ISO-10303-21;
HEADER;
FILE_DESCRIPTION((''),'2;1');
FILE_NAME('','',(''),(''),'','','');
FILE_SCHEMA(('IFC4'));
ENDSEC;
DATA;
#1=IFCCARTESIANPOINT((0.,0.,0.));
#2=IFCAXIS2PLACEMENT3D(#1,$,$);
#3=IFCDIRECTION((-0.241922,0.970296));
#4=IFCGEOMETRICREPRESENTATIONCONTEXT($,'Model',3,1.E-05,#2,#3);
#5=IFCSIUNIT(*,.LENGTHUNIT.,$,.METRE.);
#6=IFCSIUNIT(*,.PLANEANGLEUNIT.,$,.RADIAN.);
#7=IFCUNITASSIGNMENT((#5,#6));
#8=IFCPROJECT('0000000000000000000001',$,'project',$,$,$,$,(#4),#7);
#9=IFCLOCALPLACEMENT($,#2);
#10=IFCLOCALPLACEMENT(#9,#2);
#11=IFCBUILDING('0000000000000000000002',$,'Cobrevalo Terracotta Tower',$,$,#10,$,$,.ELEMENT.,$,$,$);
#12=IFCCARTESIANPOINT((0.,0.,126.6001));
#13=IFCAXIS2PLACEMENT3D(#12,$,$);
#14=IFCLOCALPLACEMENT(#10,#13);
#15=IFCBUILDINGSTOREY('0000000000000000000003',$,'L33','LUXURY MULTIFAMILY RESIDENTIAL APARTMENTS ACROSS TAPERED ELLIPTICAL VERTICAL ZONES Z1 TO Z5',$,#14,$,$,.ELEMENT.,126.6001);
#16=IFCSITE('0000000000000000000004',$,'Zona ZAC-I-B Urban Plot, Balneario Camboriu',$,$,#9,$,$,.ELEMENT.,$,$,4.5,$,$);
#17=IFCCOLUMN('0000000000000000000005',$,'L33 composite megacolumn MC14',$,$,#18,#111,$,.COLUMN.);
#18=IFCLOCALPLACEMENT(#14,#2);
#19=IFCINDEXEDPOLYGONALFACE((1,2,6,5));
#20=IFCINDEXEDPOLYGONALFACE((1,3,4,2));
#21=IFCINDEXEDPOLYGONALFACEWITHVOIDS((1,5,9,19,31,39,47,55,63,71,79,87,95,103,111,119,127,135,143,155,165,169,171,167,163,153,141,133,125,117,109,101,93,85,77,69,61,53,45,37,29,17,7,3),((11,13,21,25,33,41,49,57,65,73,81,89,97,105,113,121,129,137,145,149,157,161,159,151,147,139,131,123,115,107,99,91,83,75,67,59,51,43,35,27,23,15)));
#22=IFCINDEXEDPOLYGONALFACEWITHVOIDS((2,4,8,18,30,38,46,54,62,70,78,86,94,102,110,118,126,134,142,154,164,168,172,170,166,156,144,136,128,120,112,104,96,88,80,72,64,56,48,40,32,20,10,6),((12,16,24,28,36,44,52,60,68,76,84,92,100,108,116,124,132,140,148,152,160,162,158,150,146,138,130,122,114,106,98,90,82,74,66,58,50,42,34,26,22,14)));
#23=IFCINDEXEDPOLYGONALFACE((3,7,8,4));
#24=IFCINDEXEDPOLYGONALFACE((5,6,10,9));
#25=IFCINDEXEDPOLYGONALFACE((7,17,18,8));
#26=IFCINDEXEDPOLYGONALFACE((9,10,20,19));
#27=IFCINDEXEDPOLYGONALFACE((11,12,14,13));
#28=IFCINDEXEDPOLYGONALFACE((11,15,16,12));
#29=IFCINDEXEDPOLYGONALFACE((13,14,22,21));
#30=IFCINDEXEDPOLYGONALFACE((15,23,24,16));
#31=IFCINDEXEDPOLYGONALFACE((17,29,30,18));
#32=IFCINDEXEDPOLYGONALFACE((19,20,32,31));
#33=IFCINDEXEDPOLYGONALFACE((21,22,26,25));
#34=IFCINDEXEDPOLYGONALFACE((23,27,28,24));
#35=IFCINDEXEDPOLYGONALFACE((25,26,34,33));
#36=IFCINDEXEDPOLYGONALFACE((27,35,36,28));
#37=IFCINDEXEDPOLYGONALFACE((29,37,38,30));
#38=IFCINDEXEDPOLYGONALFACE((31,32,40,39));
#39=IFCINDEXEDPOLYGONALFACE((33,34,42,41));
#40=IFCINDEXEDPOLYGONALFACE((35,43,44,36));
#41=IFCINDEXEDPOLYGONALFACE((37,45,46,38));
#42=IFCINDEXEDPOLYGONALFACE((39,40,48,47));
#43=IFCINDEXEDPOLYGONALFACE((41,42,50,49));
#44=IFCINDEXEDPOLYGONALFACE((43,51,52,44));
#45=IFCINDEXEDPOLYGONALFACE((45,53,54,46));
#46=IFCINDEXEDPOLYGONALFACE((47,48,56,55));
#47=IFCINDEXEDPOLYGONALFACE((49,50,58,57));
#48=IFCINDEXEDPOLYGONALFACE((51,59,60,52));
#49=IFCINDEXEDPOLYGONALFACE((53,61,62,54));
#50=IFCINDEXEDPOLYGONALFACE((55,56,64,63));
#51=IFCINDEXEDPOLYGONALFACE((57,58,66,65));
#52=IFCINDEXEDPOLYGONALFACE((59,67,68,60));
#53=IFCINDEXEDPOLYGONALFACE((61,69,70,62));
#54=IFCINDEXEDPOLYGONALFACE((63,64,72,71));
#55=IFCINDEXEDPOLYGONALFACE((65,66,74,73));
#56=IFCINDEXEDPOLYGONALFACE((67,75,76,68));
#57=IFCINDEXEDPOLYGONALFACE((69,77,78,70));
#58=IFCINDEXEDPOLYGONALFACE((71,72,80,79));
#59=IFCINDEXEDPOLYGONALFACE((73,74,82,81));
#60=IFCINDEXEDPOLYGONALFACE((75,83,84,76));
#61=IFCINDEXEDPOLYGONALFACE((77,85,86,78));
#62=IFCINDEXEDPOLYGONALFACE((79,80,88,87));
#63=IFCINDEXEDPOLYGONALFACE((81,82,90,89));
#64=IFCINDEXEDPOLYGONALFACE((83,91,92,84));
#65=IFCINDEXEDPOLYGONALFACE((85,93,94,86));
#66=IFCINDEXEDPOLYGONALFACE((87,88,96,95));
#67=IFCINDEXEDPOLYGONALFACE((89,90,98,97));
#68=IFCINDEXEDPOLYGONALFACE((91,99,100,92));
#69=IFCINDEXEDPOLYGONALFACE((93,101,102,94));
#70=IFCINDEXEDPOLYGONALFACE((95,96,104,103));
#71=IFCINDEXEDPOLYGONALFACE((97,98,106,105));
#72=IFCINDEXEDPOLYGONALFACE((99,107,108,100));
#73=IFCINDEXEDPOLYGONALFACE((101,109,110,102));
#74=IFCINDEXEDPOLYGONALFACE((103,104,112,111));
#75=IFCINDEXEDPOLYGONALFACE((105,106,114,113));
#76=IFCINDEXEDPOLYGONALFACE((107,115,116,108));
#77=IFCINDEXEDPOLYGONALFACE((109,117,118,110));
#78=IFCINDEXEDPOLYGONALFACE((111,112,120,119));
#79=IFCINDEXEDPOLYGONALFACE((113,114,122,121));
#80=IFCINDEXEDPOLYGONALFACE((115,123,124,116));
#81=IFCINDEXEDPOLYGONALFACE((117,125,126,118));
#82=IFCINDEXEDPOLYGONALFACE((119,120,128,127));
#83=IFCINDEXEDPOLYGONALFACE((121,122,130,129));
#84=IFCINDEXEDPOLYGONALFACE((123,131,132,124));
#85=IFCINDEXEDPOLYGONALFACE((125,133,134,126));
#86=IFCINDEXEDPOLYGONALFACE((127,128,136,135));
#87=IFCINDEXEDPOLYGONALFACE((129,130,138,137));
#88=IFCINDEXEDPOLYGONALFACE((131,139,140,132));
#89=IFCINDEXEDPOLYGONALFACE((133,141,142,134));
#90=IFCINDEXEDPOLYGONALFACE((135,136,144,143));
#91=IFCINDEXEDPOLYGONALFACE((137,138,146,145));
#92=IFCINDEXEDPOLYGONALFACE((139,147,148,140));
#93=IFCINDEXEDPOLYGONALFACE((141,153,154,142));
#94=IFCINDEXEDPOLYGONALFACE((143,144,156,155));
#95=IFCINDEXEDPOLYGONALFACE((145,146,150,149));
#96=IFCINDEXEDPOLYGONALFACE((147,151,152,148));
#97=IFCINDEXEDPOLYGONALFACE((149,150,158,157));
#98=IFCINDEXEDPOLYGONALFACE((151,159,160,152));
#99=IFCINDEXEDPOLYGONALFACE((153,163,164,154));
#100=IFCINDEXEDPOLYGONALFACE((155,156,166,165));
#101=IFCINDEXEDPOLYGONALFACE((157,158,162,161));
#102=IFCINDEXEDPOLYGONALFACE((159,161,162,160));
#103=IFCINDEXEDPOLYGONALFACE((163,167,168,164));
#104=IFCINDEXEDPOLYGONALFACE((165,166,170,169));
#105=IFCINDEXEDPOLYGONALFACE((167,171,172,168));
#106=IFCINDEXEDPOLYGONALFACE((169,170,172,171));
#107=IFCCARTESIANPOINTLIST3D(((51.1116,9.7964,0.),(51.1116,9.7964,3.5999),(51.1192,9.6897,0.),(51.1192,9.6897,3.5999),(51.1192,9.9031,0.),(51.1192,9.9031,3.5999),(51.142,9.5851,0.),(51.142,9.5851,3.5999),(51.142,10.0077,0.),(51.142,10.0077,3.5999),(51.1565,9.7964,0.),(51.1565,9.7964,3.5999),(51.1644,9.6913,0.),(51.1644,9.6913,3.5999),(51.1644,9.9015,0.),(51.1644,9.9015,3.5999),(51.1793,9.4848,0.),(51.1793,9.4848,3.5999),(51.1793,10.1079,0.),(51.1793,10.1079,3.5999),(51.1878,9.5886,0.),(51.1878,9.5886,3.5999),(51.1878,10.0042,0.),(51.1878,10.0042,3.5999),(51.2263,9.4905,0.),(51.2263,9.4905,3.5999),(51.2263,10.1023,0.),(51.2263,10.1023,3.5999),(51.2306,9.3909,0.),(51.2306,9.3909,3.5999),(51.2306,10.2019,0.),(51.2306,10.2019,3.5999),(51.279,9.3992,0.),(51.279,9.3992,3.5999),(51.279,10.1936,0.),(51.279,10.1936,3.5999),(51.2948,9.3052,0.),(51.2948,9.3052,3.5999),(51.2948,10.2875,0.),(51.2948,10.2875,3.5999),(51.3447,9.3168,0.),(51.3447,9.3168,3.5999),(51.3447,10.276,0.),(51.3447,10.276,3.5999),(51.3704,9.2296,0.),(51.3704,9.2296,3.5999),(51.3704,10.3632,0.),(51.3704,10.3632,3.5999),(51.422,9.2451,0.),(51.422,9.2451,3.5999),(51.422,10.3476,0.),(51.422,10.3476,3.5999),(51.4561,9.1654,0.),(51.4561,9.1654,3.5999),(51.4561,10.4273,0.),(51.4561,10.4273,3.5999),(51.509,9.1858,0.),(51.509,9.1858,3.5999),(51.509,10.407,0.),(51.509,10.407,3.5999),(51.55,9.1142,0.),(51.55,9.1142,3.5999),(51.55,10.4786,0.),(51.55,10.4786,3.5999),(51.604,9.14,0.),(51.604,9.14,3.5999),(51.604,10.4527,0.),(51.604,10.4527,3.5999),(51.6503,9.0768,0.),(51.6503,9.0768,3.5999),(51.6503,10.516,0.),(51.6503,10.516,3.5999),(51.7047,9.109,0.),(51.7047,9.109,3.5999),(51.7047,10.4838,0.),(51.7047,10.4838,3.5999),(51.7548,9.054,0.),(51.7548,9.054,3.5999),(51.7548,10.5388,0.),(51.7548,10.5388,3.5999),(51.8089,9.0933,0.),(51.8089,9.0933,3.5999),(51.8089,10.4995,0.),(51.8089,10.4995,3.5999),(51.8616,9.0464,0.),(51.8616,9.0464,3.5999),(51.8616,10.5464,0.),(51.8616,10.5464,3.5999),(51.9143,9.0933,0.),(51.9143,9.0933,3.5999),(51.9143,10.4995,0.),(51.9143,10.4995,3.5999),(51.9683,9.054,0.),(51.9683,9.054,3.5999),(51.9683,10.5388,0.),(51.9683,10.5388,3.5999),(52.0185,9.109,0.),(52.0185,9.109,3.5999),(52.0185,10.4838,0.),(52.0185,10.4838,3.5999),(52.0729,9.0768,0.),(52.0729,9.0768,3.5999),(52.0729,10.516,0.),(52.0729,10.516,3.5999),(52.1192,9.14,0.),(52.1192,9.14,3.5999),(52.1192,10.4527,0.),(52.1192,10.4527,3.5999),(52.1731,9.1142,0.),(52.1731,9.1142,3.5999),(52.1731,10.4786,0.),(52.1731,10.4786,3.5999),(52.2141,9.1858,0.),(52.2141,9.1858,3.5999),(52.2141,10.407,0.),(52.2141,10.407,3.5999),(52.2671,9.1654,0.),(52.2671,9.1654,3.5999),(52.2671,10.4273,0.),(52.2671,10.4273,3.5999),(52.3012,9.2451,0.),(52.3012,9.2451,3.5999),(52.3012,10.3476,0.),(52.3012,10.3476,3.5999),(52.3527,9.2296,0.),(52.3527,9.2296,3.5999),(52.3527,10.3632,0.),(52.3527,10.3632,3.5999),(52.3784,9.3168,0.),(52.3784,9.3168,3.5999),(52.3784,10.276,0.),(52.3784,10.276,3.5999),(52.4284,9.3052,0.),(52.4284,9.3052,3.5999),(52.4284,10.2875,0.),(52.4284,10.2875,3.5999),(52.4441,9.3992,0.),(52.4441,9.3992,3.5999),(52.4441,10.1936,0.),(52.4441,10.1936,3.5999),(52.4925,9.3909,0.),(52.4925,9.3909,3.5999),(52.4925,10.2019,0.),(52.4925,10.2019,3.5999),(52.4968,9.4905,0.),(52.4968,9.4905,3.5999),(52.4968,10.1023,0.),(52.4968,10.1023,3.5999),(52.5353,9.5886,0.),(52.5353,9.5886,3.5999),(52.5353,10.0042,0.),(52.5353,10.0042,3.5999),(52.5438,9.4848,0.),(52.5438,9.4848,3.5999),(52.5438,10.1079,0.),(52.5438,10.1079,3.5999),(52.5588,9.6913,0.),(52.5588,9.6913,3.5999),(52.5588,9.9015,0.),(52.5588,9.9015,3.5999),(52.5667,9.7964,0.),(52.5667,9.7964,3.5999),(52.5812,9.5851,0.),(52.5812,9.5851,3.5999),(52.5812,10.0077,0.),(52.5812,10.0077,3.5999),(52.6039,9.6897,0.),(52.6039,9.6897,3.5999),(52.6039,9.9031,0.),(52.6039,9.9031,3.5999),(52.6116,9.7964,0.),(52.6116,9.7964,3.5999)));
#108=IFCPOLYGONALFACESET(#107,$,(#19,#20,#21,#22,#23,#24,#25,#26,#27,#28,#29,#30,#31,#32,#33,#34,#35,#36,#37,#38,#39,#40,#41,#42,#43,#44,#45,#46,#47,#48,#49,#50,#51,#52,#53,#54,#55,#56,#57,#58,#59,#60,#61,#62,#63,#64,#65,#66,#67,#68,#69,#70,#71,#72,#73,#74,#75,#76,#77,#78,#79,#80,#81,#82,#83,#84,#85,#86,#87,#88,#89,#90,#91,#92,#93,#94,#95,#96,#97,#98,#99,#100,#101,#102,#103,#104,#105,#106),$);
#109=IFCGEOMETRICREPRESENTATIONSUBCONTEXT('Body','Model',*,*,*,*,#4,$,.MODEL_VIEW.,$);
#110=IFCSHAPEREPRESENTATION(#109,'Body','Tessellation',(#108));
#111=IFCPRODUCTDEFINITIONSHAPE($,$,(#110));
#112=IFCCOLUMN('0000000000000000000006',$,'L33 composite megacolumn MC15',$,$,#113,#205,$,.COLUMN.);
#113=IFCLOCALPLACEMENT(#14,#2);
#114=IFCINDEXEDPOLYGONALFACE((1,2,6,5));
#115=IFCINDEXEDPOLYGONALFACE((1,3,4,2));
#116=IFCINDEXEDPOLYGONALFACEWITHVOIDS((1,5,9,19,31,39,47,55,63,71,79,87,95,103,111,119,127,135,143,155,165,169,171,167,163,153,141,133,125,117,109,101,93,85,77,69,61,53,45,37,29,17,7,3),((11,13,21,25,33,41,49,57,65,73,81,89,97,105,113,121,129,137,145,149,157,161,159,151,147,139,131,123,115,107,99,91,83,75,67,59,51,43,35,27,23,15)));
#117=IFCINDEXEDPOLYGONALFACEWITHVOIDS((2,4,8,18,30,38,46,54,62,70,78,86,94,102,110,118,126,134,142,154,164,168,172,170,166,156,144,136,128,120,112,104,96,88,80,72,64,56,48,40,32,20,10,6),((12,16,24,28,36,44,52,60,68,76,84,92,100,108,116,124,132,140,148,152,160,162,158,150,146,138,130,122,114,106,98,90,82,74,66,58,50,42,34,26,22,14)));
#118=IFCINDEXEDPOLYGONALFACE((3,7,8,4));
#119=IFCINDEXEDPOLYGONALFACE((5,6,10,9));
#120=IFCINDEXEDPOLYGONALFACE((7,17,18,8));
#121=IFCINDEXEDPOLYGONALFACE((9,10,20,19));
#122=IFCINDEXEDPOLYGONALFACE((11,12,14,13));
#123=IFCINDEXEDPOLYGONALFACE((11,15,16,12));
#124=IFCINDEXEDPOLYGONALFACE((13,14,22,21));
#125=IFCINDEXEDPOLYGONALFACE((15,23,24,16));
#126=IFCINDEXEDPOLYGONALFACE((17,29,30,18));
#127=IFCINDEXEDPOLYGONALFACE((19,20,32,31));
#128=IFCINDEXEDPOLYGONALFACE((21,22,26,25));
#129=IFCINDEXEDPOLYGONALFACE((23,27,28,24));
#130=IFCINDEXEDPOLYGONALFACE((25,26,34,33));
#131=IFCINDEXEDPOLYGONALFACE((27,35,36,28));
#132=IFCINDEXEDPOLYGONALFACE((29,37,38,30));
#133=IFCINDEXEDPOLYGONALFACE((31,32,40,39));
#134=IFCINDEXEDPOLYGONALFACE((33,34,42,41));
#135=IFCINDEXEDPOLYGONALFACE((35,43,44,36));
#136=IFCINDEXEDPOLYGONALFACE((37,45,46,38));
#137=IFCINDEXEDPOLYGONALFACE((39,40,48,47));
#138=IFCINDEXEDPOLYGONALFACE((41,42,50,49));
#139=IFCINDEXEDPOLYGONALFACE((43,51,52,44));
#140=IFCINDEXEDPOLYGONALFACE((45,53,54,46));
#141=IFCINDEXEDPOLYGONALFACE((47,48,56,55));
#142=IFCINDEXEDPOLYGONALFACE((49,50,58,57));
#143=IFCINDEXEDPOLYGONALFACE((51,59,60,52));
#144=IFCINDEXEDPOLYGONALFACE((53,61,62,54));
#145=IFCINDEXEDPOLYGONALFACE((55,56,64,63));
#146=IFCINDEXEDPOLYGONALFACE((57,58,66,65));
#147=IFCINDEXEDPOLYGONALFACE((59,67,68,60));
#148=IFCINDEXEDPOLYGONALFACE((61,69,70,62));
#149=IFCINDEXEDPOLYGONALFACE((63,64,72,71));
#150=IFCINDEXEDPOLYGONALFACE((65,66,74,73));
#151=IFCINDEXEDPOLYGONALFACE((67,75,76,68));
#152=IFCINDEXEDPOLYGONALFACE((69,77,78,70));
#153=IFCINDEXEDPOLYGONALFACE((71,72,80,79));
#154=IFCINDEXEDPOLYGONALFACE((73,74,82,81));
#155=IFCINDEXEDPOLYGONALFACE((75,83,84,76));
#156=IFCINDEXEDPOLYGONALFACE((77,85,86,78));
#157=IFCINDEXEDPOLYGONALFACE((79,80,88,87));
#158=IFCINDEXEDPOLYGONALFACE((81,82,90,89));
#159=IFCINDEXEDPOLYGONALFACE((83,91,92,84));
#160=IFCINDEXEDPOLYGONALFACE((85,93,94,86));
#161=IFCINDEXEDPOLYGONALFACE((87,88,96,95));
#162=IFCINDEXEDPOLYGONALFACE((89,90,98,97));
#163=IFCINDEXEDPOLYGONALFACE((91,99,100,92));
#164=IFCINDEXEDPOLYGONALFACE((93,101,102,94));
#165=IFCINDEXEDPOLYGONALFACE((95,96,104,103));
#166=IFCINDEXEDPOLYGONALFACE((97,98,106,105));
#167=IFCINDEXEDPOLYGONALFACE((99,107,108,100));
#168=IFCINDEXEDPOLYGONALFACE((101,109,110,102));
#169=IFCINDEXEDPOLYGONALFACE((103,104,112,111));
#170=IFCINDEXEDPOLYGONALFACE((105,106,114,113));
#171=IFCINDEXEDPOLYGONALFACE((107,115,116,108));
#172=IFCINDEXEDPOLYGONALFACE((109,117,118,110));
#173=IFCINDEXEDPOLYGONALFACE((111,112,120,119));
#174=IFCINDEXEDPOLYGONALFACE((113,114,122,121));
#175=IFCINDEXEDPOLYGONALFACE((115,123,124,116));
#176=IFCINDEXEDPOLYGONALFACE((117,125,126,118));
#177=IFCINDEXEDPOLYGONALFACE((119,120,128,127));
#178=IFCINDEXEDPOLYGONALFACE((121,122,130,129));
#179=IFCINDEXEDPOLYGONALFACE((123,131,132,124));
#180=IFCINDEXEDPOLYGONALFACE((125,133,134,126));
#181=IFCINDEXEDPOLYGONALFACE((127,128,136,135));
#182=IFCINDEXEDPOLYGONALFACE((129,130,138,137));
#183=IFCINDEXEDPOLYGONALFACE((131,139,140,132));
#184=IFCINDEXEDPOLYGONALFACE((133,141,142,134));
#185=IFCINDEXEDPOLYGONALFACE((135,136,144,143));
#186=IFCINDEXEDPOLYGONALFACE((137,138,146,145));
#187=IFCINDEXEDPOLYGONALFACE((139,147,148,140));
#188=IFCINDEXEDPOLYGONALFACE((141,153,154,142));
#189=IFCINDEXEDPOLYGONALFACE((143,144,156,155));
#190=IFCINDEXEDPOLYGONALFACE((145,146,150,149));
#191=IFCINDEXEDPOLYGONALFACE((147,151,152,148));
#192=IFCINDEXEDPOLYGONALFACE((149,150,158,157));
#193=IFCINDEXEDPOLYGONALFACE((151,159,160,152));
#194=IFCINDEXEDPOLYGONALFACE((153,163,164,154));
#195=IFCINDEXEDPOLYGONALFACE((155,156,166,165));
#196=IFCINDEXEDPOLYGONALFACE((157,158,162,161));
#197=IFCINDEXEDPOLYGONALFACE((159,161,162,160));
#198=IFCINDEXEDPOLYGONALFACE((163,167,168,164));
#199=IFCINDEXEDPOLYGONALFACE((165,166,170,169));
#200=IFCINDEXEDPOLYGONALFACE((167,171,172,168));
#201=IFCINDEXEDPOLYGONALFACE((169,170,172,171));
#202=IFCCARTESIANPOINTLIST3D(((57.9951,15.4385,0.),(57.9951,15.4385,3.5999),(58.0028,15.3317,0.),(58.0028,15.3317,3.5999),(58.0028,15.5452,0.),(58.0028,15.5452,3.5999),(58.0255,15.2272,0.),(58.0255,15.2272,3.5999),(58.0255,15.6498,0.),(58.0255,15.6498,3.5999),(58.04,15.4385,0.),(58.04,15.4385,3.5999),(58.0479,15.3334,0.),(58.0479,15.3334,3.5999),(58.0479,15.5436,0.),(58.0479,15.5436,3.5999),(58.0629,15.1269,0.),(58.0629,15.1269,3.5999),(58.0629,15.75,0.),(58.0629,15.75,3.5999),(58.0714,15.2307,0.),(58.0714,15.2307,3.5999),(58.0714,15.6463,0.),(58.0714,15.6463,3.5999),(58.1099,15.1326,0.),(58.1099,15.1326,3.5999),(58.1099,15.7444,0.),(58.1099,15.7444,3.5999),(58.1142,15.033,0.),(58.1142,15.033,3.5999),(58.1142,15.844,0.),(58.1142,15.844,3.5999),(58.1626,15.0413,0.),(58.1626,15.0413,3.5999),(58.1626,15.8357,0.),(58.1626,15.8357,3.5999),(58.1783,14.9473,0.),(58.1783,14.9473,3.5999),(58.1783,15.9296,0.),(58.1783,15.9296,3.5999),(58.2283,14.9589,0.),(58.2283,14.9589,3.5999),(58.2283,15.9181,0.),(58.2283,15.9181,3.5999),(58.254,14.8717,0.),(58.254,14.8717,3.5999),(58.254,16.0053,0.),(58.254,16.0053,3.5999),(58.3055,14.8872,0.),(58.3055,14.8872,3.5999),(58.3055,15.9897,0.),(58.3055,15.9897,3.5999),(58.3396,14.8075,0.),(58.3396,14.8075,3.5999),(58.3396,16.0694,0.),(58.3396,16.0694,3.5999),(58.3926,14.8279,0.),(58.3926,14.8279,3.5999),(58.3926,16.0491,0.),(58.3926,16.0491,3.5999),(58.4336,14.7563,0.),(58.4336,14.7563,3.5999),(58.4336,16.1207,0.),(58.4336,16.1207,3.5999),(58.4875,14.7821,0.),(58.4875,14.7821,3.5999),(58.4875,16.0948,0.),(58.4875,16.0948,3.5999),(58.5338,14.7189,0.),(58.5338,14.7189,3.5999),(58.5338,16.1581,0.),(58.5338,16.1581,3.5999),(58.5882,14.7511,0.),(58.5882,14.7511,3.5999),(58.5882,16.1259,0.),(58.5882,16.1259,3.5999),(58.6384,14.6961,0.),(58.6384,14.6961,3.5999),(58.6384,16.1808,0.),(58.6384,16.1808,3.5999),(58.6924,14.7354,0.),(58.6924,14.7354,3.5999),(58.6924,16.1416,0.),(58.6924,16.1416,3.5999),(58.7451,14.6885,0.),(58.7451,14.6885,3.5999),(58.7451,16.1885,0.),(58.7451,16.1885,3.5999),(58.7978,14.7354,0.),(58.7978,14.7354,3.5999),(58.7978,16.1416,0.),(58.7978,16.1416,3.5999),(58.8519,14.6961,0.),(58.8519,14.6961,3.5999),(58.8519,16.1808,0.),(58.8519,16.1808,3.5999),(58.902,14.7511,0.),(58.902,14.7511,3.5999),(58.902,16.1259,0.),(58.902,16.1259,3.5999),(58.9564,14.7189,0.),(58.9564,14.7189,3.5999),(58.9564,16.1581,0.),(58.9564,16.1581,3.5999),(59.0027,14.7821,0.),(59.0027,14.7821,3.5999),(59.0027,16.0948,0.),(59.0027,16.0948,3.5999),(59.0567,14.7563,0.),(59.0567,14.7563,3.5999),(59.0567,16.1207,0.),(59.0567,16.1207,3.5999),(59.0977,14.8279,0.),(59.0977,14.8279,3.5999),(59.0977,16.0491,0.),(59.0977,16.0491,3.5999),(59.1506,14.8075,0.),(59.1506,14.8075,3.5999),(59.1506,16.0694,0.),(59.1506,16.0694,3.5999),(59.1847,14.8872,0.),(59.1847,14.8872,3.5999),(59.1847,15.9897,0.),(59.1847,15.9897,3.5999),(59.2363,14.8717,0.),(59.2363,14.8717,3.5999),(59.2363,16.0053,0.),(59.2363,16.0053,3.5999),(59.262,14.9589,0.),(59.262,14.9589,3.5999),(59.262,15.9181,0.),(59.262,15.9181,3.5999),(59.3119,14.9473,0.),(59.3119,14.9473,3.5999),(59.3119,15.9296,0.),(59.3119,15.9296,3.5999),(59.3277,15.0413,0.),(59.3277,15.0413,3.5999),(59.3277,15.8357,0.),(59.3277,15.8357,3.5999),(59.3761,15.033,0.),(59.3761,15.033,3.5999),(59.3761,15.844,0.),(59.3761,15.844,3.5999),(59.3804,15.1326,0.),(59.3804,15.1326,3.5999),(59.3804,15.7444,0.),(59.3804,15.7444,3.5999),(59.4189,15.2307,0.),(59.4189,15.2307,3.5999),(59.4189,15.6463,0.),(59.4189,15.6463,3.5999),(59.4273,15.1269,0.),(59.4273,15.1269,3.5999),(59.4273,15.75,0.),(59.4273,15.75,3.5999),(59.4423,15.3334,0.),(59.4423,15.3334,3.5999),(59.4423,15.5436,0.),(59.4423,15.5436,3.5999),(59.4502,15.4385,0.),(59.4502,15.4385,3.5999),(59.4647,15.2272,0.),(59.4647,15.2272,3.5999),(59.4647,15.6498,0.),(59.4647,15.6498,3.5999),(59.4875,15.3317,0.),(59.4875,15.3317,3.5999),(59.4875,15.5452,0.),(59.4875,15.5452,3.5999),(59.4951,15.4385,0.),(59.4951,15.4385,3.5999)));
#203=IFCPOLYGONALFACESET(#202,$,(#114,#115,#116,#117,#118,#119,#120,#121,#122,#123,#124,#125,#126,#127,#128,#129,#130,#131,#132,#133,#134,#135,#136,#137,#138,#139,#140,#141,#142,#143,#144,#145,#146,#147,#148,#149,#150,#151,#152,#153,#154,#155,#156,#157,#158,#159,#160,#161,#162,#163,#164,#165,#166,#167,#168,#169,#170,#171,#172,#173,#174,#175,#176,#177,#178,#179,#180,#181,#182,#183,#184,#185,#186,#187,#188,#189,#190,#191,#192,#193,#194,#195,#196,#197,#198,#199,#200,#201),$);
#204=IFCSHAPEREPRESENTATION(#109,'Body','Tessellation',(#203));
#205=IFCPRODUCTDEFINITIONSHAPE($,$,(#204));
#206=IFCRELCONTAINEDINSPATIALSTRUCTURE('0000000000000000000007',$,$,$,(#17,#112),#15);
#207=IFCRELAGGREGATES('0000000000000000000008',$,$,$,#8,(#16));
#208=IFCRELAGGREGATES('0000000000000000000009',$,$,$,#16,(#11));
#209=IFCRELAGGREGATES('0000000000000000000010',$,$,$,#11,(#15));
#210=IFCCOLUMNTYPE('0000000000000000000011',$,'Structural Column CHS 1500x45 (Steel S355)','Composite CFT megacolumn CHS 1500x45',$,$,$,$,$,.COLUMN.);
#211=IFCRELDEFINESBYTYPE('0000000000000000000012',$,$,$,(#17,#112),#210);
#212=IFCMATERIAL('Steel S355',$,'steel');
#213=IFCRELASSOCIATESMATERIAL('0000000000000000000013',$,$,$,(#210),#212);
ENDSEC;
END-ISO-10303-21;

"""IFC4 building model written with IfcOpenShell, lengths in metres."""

from ifc_helpers import new_model, si_unit, direction, frame, origin, origin_2d, place, context, subcontext, project, spatial, hollow_circle, extrude, material, material_profile, profile_set, type_object, element, save


model = new_model("IFC4")

# Units and contexts
model_context = context("Model", 3, precision=1e-05, world=origin(), true_north=direction((-0.241922, 0.970296)))
body_context = subcontext(model_context, "Body", "Model", "MODEL_VIEW")
ifc_project = project(units=[si_unit("LENGTHUNIT", "METRE"), si_unit("PLANEANGLEUNIT", "RADIAN")], contexts=[model_context])

# Site, building, storey
site_placement = place(None, origin())
site = spatial("IfcSite", under=ifc_project, at=site_placement, Name="Zona ZAC-I-B Urban Plot, Balneario Camboriu", CompositionType="ELEMENT", RefElevation=4.5)
building_placement = place(site_placement, origin())
building = spatial("IfcBuilding", under=site, at=building_placement, Name="Cobrevalo Terracotta Tower", CompositionType="ELEMENT")
storey_placement = place(building_placement, frame((0.0, 0.0, 126.6001)))
storey = spatial("IfcBuildingStorey", under=building, at=storey_placement, Name="L33", Description="LUXURY MULTIFAMILY RESIDENTIAL APARTMENTS ACROSS TAPERED ELLIPTICAL VERTICAL ZONES Z1 TO Z5", CompositionType="ELEMENT", Elevation=126.6001)

# Columns
ifc_material_1 = material(Name="Steel S355", Category="steel")
ifc_material_profile_1 = material_profile(ifc_material_1, hollow_circle(Radius=0.75, WallThickness=0.0449, at=origin_2d()), Name="CHS 1500x45")
ifc_profile_set_1 = profile_set([ifc_material_profile_1], Name="Steel S355")
column_type = type_object("IfcColumnType", Name="Structural Column CHS 1500x45 (Steel S355)", Description="Composite CFT megacolumn CHS 1500x45", PredefinedType="COLUMN", material=ifc_profile_set_1)
for number, where, z_axis, x_axis, name in (
    (1, (51.8616, 9.7964, 0.0), (0.0, 0.0, 1.0), (1.0, 0.0, 0.0), "L33 composite megacolumn MC14"),
    (2, (58.7451, 15.4385, 0.0), (0.0, 0.0, 1.0), (1.0, 0.0, 0.0), "L33 composite megacolumn MC15"),
):
    element("IfcColumn", number, at=place(storey_placement, frame(where, z_axis=z_axis, x_axis=x_axis)), inside=storey, type_object=column_type, Name=name, PredefinedType="COLUMN", context=body_context, shape_type="SweptSolid", body=[
        extrude(hollow_circle(Radius=0.75, WallThickness=0.0449, at=origin_2d()), origin(), (0.0, 0.0, 1.0), 3.5999),
    ])

save(model, "model.ifc")
